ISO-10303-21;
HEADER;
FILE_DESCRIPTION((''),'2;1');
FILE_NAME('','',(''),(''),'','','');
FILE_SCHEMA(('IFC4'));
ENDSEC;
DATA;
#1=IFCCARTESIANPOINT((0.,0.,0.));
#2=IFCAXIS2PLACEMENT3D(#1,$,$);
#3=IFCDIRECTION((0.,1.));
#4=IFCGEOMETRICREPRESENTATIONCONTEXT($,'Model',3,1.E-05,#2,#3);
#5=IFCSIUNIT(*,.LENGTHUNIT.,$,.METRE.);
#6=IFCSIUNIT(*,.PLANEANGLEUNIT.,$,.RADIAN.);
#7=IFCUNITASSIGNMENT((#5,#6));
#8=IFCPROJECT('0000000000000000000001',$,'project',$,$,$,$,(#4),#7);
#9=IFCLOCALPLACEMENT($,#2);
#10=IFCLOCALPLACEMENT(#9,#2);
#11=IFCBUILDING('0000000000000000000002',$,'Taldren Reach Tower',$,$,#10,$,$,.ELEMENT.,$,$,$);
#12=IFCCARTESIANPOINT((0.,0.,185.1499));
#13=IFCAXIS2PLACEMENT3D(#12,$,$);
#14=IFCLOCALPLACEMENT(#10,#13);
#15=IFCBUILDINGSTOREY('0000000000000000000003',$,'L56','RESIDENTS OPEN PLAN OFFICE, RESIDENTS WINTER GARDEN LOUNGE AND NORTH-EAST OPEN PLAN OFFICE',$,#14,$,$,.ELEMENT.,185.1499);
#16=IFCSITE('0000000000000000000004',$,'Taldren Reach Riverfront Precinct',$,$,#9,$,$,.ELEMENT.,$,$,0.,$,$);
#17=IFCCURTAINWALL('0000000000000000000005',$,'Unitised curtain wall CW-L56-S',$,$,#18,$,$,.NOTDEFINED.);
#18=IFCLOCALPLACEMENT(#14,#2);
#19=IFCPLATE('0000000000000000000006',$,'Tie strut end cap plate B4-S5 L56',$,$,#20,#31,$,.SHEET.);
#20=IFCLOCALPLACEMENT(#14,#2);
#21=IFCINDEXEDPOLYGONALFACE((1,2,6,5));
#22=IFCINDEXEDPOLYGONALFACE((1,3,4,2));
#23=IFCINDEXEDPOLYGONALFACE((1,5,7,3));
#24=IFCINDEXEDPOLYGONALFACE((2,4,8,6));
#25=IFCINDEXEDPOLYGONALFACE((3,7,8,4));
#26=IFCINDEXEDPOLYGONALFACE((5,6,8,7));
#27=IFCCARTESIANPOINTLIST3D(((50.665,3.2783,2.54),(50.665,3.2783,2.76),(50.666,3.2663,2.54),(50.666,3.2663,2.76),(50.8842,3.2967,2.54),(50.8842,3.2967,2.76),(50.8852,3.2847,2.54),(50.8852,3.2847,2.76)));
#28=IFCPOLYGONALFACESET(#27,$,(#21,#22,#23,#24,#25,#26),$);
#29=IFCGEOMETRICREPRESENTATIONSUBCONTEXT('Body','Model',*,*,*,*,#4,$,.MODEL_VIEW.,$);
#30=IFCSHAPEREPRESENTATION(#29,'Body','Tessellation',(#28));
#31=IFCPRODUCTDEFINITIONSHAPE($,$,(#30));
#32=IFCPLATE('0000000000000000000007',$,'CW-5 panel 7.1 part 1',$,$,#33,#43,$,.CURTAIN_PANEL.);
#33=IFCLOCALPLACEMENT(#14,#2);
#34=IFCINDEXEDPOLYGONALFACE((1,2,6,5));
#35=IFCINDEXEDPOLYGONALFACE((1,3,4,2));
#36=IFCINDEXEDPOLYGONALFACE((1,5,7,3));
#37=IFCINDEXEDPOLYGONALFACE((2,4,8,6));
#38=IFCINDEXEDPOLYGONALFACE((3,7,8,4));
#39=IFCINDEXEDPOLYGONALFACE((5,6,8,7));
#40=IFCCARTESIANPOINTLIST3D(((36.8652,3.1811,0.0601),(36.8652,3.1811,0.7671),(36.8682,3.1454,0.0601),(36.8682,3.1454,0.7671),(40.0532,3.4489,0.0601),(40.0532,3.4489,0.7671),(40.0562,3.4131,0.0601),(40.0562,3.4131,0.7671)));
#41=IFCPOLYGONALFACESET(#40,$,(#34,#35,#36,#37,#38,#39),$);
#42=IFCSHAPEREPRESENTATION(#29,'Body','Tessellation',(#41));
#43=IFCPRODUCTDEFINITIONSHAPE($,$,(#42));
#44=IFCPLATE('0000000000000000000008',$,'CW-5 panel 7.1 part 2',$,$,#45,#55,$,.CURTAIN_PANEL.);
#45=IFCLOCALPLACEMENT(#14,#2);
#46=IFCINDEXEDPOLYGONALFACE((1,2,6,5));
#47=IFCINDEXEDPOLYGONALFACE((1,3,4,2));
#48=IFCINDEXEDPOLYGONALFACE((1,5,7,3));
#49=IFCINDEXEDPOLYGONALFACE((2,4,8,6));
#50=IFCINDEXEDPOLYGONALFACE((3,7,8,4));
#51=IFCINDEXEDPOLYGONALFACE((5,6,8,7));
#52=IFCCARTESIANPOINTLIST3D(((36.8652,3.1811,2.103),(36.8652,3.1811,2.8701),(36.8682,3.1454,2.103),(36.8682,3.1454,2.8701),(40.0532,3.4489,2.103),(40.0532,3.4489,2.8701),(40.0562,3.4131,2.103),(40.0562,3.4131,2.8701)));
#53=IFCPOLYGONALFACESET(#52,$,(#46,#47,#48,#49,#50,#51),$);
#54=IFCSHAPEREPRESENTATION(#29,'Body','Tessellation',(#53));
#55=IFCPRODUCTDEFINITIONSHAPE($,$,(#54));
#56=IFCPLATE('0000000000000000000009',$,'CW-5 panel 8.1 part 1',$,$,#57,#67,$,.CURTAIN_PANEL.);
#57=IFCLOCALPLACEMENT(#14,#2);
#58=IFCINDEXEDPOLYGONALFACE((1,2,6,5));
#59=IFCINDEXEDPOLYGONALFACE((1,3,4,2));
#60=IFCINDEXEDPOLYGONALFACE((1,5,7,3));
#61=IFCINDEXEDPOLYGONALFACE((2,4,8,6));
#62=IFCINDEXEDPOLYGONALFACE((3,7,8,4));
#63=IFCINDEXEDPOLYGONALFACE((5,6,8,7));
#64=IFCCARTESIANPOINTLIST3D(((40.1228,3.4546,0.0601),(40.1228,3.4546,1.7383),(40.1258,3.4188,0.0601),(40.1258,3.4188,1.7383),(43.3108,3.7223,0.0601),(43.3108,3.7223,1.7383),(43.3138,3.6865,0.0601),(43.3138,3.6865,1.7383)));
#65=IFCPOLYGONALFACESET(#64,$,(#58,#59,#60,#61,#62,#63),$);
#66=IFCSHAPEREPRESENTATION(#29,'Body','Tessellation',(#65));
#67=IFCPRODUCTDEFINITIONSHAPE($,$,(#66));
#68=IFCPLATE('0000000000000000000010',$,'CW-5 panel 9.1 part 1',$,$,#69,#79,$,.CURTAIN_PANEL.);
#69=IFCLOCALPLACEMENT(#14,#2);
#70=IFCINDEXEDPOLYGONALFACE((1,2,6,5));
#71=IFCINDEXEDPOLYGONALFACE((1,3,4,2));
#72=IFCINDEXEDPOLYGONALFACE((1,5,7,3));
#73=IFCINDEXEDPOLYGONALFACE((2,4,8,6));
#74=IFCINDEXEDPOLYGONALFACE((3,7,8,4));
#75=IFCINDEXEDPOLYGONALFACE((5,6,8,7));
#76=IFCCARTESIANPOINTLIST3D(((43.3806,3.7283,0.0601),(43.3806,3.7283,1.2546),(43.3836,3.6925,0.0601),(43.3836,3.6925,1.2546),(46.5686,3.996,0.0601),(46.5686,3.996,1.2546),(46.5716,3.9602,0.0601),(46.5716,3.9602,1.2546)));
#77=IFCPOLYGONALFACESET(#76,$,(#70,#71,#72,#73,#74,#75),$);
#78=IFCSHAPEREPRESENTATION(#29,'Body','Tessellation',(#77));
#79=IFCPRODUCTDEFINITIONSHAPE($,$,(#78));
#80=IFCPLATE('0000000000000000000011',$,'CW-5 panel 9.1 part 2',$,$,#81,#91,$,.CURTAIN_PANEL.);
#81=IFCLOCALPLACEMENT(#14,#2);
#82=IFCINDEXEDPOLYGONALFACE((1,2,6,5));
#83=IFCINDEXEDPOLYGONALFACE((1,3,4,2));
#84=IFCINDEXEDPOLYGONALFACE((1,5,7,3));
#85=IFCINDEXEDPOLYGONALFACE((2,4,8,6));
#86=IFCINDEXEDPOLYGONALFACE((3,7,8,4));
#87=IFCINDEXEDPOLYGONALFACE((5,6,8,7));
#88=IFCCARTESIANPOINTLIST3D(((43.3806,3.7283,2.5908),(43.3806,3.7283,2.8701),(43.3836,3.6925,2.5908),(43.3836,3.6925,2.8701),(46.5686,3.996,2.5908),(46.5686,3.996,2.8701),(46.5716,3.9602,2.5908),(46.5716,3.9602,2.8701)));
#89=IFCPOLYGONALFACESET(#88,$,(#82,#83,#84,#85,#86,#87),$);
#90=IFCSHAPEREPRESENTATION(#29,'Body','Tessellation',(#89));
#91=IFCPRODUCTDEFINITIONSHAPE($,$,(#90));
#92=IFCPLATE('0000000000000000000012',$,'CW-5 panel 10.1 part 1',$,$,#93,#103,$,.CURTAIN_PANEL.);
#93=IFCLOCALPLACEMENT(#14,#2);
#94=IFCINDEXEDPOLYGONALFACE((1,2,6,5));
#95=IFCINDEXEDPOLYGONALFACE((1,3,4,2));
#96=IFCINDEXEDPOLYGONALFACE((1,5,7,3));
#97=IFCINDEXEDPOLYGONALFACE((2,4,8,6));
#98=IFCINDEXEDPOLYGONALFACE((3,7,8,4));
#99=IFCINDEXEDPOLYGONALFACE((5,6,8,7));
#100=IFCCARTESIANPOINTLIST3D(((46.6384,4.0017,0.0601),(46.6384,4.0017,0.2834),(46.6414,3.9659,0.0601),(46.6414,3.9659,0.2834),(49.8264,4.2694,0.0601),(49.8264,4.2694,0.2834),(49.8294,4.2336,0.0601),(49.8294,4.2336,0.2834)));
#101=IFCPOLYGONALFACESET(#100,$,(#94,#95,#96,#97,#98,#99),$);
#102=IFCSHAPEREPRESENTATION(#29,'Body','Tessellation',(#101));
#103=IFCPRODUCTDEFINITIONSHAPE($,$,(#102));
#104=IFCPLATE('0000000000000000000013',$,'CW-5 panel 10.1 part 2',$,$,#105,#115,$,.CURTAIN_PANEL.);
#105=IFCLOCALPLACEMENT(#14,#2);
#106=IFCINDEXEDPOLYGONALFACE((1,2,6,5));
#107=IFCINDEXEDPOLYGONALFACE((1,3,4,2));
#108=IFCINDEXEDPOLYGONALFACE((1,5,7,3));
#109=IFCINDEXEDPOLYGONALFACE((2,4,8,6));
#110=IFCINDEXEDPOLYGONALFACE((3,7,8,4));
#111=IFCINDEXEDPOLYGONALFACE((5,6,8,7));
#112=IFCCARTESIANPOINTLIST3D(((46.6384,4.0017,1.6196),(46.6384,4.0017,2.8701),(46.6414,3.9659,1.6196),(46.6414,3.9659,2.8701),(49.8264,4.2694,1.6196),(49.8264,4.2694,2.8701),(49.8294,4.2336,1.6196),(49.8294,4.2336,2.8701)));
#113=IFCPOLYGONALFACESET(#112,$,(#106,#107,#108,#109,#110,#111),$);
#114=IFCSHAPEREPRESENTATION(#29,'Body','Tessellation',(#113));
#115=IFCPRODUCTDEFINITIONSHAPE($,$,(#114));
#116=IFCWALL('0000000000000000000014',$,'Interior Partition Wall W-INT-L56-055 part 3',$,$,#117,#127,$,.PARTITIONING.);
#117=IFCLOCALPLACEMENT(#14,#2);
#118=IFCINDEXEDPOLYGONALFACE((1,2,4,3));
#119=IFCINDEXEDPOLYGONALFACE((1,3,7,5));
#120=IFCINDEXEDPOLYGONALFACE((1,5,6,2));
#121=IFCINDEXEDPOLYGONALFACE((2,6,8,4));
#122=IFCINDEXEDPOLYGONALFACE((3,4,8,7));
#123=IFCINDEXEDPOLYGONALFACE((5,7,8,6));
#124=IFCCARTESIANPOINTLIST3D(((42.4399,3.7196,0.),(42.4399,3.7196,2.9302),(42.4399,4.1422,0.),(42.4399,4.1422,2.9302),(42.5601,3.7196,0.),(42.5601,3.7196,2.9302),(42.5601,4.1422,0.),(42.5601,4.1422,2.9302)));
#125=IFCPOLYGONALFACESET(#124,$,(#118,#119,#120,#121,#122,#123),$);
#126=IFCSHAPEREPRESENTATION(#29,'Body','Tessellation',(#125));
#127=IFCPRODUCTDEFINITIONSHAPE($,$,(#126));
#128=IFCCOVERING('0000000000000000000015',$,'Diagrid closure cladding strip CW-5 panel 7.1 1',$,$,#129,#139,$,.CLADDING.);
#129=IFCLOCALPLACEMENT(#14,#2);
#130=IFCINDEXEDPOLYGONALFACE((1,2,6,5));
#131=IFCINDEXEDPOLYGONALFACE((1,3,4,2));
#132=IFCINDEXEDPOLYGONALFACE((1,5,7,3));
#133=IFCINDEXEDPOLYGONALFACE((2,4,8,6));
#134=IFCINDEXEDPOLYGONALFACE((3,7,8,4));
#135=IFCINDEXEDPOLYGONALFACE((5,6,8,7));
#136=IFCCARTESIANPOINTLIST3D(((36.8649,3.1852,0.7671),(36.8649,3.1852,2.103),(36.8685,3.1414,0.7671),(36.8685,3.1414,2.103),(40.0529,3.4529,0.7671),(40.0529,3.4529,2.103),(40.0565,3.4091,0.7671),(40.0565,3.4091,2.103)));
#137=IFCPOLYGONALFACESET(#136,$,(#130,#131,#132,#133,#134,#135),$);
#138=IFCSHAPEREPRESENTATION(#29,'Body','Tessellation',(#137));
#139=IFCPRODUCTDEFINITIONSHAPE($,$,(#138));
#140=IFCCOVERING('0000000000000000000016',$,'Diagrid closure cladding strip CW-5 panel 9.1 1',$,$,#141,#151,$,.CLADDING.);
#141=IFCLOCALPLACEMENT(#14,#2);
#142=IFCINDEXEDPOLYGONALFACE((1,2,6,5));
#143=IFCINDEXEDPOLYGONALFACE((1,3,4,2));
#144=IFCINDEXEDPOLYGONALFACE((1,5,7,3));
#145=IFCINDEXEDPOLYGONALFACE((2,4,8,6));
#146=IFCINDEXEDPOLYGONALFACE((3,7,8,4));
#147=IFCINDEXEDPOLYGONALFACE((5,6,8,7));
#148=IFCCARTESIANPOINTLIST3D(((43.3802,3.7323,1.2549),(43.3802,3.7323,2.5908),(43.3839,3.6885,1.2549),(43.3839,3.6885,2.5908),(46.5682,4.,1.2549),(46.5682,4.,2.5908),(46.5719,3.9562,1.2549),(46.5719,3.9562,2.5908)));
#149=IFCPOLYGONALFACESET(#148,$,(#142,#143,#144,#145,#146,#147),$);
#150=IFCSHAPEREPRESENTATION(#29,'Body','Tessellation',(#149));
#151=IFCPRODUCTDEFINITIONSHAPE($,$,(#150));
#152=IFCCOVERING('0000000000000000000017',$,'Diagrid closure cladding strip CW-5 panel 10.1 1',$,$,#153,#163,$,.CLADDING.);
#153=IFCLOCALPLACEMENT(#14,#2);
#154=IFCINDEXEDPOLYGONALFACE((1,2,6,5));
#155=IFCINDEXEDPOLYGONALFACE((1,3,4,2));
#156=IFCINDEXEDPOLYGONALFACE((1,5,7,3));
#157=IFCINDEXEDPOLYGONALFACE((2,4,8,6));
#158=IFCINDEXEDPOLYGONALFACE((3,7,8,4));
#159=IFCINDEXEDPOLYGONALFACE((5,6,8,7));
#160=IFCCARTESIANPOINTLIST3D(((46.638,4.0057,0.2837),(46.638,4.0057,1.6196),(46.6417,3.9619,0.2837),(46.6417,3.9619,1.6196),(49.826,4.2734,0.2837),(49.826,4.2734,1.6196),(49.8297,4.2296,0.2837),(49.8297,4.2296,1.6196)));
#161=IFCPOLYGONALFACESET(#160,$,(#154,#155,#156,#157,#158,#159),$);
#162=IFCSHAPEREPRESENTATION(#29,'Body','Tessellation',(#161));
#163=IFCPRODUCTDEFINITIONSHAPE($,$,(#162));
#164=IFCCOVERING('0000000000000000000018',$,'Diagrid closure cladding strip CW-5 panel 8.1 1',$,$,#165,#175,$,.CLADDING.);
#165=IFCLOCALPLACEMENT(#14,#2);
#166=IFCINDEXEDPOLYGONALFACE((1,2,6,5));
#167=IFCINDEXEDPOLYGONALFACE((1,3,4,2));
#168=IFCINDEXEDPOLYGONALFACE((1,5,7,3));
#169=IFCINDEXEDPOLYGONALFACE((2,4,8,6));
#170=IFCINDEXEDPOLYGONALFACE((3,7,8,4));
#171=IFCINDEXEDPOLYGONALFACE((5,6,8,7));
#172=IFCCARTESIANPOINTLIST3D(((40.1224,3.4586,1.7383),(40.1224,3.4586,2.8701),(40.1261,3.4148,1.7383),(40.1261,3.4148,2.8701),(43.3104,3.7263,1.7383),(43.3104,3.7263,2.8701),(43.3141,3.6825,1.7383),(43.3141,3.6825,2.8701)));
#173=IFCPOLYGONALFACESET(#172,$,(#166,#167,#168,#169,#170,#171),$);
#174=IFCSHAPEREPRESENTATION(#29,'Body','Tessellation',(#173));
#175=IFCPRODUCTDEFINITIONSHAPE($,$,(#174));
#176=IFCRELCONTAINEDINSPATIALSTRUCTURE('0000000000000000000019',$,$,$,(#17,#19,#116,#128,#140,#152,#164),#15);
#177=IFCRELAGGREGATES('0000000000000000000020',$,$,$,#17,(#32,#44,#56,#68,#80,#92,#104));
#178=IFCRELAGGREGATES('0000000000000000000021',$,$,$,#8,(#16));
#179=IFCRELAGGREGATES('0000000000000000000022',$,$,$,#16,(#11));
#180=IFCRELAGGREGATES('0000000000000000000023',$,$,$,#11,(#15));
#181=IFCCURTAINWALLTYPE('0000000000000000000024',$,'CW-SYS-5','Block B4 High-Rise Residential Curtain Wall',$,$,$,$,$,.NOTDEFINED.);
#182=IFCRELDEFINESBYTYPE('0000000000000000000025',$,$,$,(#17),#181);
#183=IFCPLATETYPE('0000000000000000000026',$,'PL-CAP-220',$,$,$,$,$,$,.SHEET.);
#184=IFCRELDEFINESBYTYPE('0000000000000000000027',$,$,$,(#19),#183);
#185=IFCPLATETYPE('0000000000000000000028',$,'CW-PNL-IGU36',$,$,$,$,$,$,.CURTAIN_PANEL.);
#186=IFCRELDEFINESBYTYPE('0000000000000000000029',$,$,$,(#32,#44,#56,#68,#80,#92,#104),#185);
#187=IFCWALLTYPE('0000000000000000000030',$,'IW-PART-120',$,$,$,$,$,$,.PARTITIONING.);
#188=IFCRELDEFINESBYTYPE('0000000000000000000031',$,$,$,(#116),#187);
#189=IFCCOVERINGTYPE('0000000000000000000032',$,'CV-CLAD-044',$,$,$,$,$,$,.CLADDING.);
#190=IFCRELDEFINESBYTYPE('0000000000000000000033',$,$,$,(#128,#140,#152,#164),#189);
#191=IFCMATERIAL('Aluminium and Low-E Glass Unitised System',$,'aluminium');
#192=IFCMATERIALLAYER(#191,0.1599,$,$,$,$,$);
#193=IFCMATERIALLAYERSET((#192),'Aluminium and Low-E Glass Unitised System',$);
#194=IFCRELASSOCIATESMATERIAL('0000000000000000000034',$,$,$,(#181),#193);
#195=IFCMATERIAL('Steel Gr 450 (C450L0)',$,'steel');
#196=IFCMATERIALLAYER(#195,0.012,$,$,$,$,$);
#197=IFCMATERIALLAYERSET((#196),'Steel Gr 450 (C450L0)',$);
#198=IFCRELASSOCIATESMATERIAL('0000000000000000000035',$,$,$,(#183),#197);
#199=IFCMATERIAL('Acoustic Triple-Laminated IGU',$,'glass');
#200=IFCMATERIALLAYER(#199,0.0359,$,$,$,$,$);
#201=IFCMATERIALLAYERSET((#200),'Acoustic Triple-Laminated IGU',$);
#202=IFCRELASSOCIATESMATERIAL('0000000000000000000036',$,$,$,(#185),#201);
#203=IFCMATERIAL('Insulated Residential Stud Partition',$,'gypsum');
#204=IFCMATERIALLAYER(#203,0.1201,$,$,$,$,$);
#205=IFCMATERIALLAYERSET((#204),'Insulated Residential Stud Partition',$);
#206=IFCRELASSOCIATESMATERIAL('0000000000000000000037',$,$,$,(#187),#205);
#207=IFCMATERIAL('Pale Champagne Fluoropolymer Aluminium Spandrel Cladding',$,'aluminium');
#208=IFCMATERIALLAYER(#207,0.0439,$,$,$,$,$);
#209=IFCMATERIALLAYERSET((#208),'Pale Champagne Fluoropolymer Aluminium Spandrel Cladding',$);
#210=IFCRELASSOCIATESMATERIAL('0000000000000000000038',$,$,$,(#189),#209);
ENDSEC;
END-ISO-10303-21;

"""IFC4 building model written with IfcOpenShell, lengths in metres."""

from ifc_helpers import new_model, si_unit, direction, frame, frame_2d, origin, origin_2d, place, context, subcontext, project, spatial, rectangle, extrude, source, transform, mapped, material, layer, layer_set, type_object, element, aggregate, save


model = new_model("IFC4")

# Units and contexts
model_context = context("Model", 3, precision=1e-05, world=origin(), true_north=direction((0.0, 1.0)))
body_context = subcontext(model_context, "Body", "Model", "MODEL_VIEW")
ifc_project = project(units=[si_unit("LENGTHUNIT", "METRE"), si_unit("PLANEANGLEUNIT", "RADIAN")], contexts=[model_context])

# Site, building, storey
site_placement = place(None, origin())
site = spatial("IfcSite", under=ifc_project, at=site_placement, Name="Taldren Reach Riverfront Precinct", CompositionType="ELEMENT", RefElevation=0.0)
building_placement = place(site_placement, origin())
building = spatial("IfcBuilding", under=site, at=building_placement, Name="Taldren Reach Tower", CompositionType="ELEMENT")
storey_placement = place(building_placement, frame((0.0, 0.0, 185.1499)))
storey = spatial("IfcBuildingStorey", under=building, at=storey_placement, Name="L56", Description="RESIDENTS OPEN PLAN OFFICE, RESIDENTS WINTER GARDEN LOUNGE AND NORTH-EAST OPEN PLAN OFFICE", CompositionType="ELEMENT", Elevation=185.1499)

# Shared definitions
ifc_material_1 = material(Name="Steel Gr 450 (C450L0)", Category="steel")

# Curtain wall
ifc_material_2 = material(Name="Aluminium and Low-E Glass Unitised System", Category="aluminium")
ifc_layer_1 = layer(ifc_material_2, 0.1599)
ifc_layer_set_1 = layer_set([ifc_layer_1], Name="Aluminium and Low-E Glass Unitised System")
curtain_wall_type = type_object("IfcCurtainWallType", Name="CW-SYS-5", Description="Block B4 High-Rise Residential Curtain Wall", PredefinedType="NOTDEFINED", material=ifc_layer_set_1)
curtain_wall_placement = place(storey_placement, origin())
curtain_wall = element("IfcCurtainWall", 1, at=curtain_wall_placement, inside=storey, type_object=curtain_wall_type, Name="Unitised curtain wall CW-L56-S", PredefinedType="NOTDEFINED")

# Plate
ifc_layer_2 = layer(ifc_material_1, 0.012)
ifc_layer_set_2 = layer_set([ifc_layer_2], Name="Steel Gr 450 (C450L0)")
plate_type_1 = type_object("IfcPlateType", Name="PL-CAP-220", PredefinedType="SHEET", material=ifc_layer_set_2)
shared_shape_1 = source(origin(), body_context, "Body", "SweptSolid", [
    extrude(rectangle(XDim=0.22, YDim=0.012, at=origin_2d()), origin(), (0.0, 0.0, 1.0), 0.22),
])
plate_1_placement = place(storey_placement, frame((50.7751, 3.2815, 2.54), z_axis=(0.0, 0.0, 1.0), x_axis=(0.996493, 0.083678, 0.0)))
element("IfcPlate", 2, at=plate_1_placement, inside=storey, type_object=plate_type_1, Name="Tie strut end cap plate B4-S5 L56", PredefinedType="SHEET", context=body_context, shape_type="MappedRepresentation", body=[
    mapped(shared_shape_1, transform((0.0, 0.0, 0.0), scale=1.0)),
])

# Plates
ifc_material_3 = material(Name="Acoustic Triple-Laminated IGU", Category="glass")
ifc_layer_3 = layer(ifc_material_3, 0.0359)
ifc_layer_set_3 = layer_set([ifc_layer_3], Name="Acoustic Triple-Laminated IGU")
plate_type_2 = type_object("IfcPlateType", Name="CW-PNL-IGU36", PredefinedType="CURTAIN_PANEL", material=ifc_layer_set_3)
shared_shape_2 = source(origin(), body_context, "Body", "SweptSolid", [
    extrude(rectangle(XDim=3.1992, YDim=0.0359, at=origin_2d()), origin(), (0.0, 0.0, 1.0), 0.707),
])
plate_2_placement = place(storey_placement, frame((38.4607, 3.2971, 0.0601), z_axis=(0.0, 0.0, 1.0), x_axis=(0.996493, 0.083678, 0.0)))
plate_2 = element("IfcPlate", 3, at=plate_2_placement, type_object=plate_type_2, Name="CW-5 panel 7.1 part 1", PredefinedType="CURTAIN_PANEL", context=body_context, shape_type="MappedRepresentation", body=[
    mapped(shared_shape_2, transform((0.0, 0.0, 0.0), scale=1.0)),
])
shared_shape_3 = source(origin(), body_context, "Body", "SweptSolid", [
    extrude(rectangle(XDim=3.1992, YDim=0.0359, at=origin_2d()), origin(), (0.0, 0.0, 1.0), 0.7671),
])
plate_3_placement = place(storey_placement, frame((38.4607, 3.2971, 2.103), z_axis=(0.0, 0.0, 1.0), x_axis=(0.996493, 0.083678, 0.0)))
plate_3 = element("IfcPlate", 4, at=plate_3_placement, type_object=plate_type_2, Name="CW-5 panel 7.1 part 2", PredefinedType="CURTAIN_PANEL", context=body_context, shape_type="MappedRepresentation", body=[
    mapped(shared_shape_3, transform((0.0, 0.0, 0.0), scale=1.0)),
])
shared_shape_4 = source(origin(), body_context, "Body", "SweptSolid", [
    extrude(rectangle(XDim=3.1992, YDim=0.0359, at=origin_2d()), origin(), (0.0, 0.0, 1.0), 1.6782),
])
plate_4_placement = place(storey_placement, frame((41.7183, 3.5706, 0.0601), z_axis=(0.0, 0.0, 1.0), x_axis=(0.996493, 0.083678, 0.0)))
plate_4 = element("IfcPlate", 5, at=plate_4_placement, type_object=plate_type_2, Name="CW-5 panel 8.1 part 1", PredefinedType="CURTAIN_PANEL", context=body_context, shape_type="MappedRepresentation", body=[
    mapped(shared_shape_4, transform((0.0, 0.0, 0.0), scale=1.0)),
])
shared_shape_5 = source(origin(), body_context, "Body", "SweptSolid", [
    extrude(rectangle(XDim=3.1992, YDim=0.0359, at=origin_2d()), origin(), (0.0, 0.0, 1.0), 1.1946),
])
plate_5_placement = place(storey_placement, frame((44.9761, 3.8442, 0.0601), z_axis=(0.0, 0.0, 1.0), x_axis=(0.996493, 0.083678, 0.0)))
plate_5 = element("IfcPlate", 6, at=plate_5_placement, type_object=plate_type_2, Name="CW-5 panel 9.1 part 1", PredefinedType="CURTAIN_PANEL", context=body_context, shape_type="MappedRepresentation", body=[
    mapped(shared_shape_5, transform((0.0, 0.0, 0.0), scale=1.0)),
])
shared_shape_6 = source(origin(), body_context, "Body", "SweptSolid", [
    extrude(rectangle(XDim=3.1992, YDim=0.0359, at=origin_2d()), origin(), (0.0, 0.0, 1.0), 0.2793),
])
plate_6_placement = place(storey_placement, frame((44.9761, 3.8442, 2.5908), z_axis=(0.0, 0.0, 1.0), x_axis=(0.996493, 0.083678, 0.0)))
plate_6 = element("IfcPlate", 7, at=plate_6_placement, type_object=plate_type_2, Name="CW-5 panel 9.1 part 2", PredefinedType="CURTAIN_PANEL", context=body_context, shape_type="MappedRepresentation", body=[
    mapped(shared_shape_6, transform((0.0, 0.0, 0.0), scale=1.0)),
])
shared_shape_7 = source(origin(), body_context, "Body", "SweptSolid", [
    extrude(rectangle(XDim=3.1992, YDim=0.0359, at=origin_2d()), origin(), (0.0, 0.0, 1.0), 0.2234),
])
plate_7_placement = place(storey_placement, frame((48.2339, 4.1177, 0.0601), z_axis=(0.0, 0.0, 1.0), x_axis=(0.996493, 0.083678, 0.0)))
plate_7 = element("IfcPlate", 8, at=plate_7_placement, type_object=plate_type_2, Name="CW-5 panel 10.1 part 1", PredefinedType="CURTAIN_PANEL", context=body_context, shape_type="MappedRepresentation", body=[
    mapped(shared_shape_7, transform((0.0, 0.0, 0.0), scale=1.0)),
])
shared_shape_8 = source(origin(), body_context, "Body", "SweptSolid", [
    extrude(rectangle(XDim=3.1992, YDim=0.0359, at=origin_2d()), origin(), (0.0, 0.0, 1.0), 1.2505),
])
plate_8_placement = place(storey_placement, frame((48.2339, 4.1177, 1.6196), z_axis=(0.0, 0.0, 1.0), x_axis=(0.996493, 0.083678, 0.0)))
plate_8 = element("IfcPlate", 9, at=plate_8_placement, type_object=plate_type_2, Name="CW-5 panel 10.1 part 2", PredefinedType="CURTAIN_PANEL", context=body_context, shape_type="MappedRepresentation", body=[
    mapped(shared_shape_8, transform((0.0, 0.0, 0.0), scale=1.0)),
])
aggregate(curtain_wall, [plate_2, plate_3, plate_4, plate_5, plate_6, plate_7, plate_8])

# Wall
ifc_material_4 = material(Name="Insulated Residential Stud Partition", Category="gypsum")
ifc_layer_4 = layer(ifc_material_4, 0.1201)
ifc_layer_set_4 = layer_set([ifc_layer_4], Name="Insulated Residential Stud Partition")
wall_type = type_object("IfcWallType", Name="IW-PART-120", PredefinedType="PARTITIONING", material=ifc_layer_set_4)
shared_shape_9 = source(origin(), body_context, "Body", "SweptSolid", [
    extrude(rectangle(XDim=0.4226, YDim=0.1201, at=frame_2d((0.2114, 0.0))), origin(), (0.0, 0.0, 1.0), 2.9302),
])
wall_placement = place(storey_placement, frame((42.5, 4.1423, 0.0), z_axis=(0.0, 0.0, 1.0), x_axis=(0.0, -1.0, 0.0)))
element("IfcWall", 10, at=wall_placement, inside=storey, type_object=wall_type, Name="Interior Partition Wall W-INT-L56-055 part 3", PredefinedType="PARTITIONING", context=body_context, shape_type="MappedRepresentation", body=[
    mapped(shared_shape_9, transform((0.0, 0.0, 0.0), scale=1.0)),
])

# Coverings
ifc_material_5 = material(Name="Pale Champagne Fluoropolymer Aluminium Spandrel Cladding", Category="aluminium")
ifc_layer_5 = layer(ifc_material_5, 0.0439)
ifc_layer_set_5 = layer_set([ifc_layer_5], Name="Pale Champagne Fluoropolymer Aluminium Spandrel Cladding")
covering_type = type_object("IfcCoveringType", Name="CV-CLAD-044", PredefinedType="CLADDING", material=ifc_layer_set_5)
shared_shape_10 = source(origin(), body_context, "Body", "SweptSolid", [
    extrude(rectangle(XDim=3.1992, YDim=0.0439, at=origin_2d()), origin(), (0.0, 0.0, 1.0), 1.3359),
])
for number, where, z_axis, x_axis, name in (
    (11, (38.4607, 3.2971, 0.7671), (0.0, 0.0, 1.0), (0.996493, 0.083678, 0.0), "Diagrid closure cladding strip CW-5 panel 7.1 1"),
    (12, (44.9761, 3.8442, 1.2549), (0.0, 0.0, 1.0), (0.996493, 0.083678, 0.0), "Diagrid closure cladding strip CW-5 panel 9.1 1"),
    (13, (48.2339, 4.1177, 0.2837), (0.0, 0.0, 1.0), (0.996493, 0.083678, 0.0), "Diagrid closure cladding strip CW-5 panel 10.1 1"),
):
    element("IfcCovering", number, at=place(storey_placement, frame(where, z_axis=z_axis, x_axis=x_axis)), inside=storey, type_object=covering_type, Name=name, PredefinedType="CLADDING", context=body_context, shape_type="MappedRepresentation", body=[
        mapped(shared_shape_10, transform((0.0, 0.0, 0.0), scale=1.0)),
    ])
shared_shape_11 = source(origin(), body_context, "Body", "SweptSolid", [
    extrude(rectangle(XDim=3.1992, YDim=0.0439, at=origin_2d()), origin(), (0.0, 0.0, 1.0), 1.1318),
])
covering_placement = place(storey_placement, frame((41.7183, 3.5706, 1.7383), z_axis=(0.0, 0.0, 1.0), x_axis=(0.996493, 0.083678, 0.0)))
element("IfcCovering", 14, at=covering_placement, inside=storey, type_object=covering_type, Name="Diagrid closure cladding strip CW-5 panel 8.1 1", PredefinedType="CLADDING", context=body_context, shape_type="MappedRepresentation", body=[
    mapped(shared_shape_11, transform((0.0, 0.0, 0.0), scale=1.0)),
])

save(model, "model.ifc")
